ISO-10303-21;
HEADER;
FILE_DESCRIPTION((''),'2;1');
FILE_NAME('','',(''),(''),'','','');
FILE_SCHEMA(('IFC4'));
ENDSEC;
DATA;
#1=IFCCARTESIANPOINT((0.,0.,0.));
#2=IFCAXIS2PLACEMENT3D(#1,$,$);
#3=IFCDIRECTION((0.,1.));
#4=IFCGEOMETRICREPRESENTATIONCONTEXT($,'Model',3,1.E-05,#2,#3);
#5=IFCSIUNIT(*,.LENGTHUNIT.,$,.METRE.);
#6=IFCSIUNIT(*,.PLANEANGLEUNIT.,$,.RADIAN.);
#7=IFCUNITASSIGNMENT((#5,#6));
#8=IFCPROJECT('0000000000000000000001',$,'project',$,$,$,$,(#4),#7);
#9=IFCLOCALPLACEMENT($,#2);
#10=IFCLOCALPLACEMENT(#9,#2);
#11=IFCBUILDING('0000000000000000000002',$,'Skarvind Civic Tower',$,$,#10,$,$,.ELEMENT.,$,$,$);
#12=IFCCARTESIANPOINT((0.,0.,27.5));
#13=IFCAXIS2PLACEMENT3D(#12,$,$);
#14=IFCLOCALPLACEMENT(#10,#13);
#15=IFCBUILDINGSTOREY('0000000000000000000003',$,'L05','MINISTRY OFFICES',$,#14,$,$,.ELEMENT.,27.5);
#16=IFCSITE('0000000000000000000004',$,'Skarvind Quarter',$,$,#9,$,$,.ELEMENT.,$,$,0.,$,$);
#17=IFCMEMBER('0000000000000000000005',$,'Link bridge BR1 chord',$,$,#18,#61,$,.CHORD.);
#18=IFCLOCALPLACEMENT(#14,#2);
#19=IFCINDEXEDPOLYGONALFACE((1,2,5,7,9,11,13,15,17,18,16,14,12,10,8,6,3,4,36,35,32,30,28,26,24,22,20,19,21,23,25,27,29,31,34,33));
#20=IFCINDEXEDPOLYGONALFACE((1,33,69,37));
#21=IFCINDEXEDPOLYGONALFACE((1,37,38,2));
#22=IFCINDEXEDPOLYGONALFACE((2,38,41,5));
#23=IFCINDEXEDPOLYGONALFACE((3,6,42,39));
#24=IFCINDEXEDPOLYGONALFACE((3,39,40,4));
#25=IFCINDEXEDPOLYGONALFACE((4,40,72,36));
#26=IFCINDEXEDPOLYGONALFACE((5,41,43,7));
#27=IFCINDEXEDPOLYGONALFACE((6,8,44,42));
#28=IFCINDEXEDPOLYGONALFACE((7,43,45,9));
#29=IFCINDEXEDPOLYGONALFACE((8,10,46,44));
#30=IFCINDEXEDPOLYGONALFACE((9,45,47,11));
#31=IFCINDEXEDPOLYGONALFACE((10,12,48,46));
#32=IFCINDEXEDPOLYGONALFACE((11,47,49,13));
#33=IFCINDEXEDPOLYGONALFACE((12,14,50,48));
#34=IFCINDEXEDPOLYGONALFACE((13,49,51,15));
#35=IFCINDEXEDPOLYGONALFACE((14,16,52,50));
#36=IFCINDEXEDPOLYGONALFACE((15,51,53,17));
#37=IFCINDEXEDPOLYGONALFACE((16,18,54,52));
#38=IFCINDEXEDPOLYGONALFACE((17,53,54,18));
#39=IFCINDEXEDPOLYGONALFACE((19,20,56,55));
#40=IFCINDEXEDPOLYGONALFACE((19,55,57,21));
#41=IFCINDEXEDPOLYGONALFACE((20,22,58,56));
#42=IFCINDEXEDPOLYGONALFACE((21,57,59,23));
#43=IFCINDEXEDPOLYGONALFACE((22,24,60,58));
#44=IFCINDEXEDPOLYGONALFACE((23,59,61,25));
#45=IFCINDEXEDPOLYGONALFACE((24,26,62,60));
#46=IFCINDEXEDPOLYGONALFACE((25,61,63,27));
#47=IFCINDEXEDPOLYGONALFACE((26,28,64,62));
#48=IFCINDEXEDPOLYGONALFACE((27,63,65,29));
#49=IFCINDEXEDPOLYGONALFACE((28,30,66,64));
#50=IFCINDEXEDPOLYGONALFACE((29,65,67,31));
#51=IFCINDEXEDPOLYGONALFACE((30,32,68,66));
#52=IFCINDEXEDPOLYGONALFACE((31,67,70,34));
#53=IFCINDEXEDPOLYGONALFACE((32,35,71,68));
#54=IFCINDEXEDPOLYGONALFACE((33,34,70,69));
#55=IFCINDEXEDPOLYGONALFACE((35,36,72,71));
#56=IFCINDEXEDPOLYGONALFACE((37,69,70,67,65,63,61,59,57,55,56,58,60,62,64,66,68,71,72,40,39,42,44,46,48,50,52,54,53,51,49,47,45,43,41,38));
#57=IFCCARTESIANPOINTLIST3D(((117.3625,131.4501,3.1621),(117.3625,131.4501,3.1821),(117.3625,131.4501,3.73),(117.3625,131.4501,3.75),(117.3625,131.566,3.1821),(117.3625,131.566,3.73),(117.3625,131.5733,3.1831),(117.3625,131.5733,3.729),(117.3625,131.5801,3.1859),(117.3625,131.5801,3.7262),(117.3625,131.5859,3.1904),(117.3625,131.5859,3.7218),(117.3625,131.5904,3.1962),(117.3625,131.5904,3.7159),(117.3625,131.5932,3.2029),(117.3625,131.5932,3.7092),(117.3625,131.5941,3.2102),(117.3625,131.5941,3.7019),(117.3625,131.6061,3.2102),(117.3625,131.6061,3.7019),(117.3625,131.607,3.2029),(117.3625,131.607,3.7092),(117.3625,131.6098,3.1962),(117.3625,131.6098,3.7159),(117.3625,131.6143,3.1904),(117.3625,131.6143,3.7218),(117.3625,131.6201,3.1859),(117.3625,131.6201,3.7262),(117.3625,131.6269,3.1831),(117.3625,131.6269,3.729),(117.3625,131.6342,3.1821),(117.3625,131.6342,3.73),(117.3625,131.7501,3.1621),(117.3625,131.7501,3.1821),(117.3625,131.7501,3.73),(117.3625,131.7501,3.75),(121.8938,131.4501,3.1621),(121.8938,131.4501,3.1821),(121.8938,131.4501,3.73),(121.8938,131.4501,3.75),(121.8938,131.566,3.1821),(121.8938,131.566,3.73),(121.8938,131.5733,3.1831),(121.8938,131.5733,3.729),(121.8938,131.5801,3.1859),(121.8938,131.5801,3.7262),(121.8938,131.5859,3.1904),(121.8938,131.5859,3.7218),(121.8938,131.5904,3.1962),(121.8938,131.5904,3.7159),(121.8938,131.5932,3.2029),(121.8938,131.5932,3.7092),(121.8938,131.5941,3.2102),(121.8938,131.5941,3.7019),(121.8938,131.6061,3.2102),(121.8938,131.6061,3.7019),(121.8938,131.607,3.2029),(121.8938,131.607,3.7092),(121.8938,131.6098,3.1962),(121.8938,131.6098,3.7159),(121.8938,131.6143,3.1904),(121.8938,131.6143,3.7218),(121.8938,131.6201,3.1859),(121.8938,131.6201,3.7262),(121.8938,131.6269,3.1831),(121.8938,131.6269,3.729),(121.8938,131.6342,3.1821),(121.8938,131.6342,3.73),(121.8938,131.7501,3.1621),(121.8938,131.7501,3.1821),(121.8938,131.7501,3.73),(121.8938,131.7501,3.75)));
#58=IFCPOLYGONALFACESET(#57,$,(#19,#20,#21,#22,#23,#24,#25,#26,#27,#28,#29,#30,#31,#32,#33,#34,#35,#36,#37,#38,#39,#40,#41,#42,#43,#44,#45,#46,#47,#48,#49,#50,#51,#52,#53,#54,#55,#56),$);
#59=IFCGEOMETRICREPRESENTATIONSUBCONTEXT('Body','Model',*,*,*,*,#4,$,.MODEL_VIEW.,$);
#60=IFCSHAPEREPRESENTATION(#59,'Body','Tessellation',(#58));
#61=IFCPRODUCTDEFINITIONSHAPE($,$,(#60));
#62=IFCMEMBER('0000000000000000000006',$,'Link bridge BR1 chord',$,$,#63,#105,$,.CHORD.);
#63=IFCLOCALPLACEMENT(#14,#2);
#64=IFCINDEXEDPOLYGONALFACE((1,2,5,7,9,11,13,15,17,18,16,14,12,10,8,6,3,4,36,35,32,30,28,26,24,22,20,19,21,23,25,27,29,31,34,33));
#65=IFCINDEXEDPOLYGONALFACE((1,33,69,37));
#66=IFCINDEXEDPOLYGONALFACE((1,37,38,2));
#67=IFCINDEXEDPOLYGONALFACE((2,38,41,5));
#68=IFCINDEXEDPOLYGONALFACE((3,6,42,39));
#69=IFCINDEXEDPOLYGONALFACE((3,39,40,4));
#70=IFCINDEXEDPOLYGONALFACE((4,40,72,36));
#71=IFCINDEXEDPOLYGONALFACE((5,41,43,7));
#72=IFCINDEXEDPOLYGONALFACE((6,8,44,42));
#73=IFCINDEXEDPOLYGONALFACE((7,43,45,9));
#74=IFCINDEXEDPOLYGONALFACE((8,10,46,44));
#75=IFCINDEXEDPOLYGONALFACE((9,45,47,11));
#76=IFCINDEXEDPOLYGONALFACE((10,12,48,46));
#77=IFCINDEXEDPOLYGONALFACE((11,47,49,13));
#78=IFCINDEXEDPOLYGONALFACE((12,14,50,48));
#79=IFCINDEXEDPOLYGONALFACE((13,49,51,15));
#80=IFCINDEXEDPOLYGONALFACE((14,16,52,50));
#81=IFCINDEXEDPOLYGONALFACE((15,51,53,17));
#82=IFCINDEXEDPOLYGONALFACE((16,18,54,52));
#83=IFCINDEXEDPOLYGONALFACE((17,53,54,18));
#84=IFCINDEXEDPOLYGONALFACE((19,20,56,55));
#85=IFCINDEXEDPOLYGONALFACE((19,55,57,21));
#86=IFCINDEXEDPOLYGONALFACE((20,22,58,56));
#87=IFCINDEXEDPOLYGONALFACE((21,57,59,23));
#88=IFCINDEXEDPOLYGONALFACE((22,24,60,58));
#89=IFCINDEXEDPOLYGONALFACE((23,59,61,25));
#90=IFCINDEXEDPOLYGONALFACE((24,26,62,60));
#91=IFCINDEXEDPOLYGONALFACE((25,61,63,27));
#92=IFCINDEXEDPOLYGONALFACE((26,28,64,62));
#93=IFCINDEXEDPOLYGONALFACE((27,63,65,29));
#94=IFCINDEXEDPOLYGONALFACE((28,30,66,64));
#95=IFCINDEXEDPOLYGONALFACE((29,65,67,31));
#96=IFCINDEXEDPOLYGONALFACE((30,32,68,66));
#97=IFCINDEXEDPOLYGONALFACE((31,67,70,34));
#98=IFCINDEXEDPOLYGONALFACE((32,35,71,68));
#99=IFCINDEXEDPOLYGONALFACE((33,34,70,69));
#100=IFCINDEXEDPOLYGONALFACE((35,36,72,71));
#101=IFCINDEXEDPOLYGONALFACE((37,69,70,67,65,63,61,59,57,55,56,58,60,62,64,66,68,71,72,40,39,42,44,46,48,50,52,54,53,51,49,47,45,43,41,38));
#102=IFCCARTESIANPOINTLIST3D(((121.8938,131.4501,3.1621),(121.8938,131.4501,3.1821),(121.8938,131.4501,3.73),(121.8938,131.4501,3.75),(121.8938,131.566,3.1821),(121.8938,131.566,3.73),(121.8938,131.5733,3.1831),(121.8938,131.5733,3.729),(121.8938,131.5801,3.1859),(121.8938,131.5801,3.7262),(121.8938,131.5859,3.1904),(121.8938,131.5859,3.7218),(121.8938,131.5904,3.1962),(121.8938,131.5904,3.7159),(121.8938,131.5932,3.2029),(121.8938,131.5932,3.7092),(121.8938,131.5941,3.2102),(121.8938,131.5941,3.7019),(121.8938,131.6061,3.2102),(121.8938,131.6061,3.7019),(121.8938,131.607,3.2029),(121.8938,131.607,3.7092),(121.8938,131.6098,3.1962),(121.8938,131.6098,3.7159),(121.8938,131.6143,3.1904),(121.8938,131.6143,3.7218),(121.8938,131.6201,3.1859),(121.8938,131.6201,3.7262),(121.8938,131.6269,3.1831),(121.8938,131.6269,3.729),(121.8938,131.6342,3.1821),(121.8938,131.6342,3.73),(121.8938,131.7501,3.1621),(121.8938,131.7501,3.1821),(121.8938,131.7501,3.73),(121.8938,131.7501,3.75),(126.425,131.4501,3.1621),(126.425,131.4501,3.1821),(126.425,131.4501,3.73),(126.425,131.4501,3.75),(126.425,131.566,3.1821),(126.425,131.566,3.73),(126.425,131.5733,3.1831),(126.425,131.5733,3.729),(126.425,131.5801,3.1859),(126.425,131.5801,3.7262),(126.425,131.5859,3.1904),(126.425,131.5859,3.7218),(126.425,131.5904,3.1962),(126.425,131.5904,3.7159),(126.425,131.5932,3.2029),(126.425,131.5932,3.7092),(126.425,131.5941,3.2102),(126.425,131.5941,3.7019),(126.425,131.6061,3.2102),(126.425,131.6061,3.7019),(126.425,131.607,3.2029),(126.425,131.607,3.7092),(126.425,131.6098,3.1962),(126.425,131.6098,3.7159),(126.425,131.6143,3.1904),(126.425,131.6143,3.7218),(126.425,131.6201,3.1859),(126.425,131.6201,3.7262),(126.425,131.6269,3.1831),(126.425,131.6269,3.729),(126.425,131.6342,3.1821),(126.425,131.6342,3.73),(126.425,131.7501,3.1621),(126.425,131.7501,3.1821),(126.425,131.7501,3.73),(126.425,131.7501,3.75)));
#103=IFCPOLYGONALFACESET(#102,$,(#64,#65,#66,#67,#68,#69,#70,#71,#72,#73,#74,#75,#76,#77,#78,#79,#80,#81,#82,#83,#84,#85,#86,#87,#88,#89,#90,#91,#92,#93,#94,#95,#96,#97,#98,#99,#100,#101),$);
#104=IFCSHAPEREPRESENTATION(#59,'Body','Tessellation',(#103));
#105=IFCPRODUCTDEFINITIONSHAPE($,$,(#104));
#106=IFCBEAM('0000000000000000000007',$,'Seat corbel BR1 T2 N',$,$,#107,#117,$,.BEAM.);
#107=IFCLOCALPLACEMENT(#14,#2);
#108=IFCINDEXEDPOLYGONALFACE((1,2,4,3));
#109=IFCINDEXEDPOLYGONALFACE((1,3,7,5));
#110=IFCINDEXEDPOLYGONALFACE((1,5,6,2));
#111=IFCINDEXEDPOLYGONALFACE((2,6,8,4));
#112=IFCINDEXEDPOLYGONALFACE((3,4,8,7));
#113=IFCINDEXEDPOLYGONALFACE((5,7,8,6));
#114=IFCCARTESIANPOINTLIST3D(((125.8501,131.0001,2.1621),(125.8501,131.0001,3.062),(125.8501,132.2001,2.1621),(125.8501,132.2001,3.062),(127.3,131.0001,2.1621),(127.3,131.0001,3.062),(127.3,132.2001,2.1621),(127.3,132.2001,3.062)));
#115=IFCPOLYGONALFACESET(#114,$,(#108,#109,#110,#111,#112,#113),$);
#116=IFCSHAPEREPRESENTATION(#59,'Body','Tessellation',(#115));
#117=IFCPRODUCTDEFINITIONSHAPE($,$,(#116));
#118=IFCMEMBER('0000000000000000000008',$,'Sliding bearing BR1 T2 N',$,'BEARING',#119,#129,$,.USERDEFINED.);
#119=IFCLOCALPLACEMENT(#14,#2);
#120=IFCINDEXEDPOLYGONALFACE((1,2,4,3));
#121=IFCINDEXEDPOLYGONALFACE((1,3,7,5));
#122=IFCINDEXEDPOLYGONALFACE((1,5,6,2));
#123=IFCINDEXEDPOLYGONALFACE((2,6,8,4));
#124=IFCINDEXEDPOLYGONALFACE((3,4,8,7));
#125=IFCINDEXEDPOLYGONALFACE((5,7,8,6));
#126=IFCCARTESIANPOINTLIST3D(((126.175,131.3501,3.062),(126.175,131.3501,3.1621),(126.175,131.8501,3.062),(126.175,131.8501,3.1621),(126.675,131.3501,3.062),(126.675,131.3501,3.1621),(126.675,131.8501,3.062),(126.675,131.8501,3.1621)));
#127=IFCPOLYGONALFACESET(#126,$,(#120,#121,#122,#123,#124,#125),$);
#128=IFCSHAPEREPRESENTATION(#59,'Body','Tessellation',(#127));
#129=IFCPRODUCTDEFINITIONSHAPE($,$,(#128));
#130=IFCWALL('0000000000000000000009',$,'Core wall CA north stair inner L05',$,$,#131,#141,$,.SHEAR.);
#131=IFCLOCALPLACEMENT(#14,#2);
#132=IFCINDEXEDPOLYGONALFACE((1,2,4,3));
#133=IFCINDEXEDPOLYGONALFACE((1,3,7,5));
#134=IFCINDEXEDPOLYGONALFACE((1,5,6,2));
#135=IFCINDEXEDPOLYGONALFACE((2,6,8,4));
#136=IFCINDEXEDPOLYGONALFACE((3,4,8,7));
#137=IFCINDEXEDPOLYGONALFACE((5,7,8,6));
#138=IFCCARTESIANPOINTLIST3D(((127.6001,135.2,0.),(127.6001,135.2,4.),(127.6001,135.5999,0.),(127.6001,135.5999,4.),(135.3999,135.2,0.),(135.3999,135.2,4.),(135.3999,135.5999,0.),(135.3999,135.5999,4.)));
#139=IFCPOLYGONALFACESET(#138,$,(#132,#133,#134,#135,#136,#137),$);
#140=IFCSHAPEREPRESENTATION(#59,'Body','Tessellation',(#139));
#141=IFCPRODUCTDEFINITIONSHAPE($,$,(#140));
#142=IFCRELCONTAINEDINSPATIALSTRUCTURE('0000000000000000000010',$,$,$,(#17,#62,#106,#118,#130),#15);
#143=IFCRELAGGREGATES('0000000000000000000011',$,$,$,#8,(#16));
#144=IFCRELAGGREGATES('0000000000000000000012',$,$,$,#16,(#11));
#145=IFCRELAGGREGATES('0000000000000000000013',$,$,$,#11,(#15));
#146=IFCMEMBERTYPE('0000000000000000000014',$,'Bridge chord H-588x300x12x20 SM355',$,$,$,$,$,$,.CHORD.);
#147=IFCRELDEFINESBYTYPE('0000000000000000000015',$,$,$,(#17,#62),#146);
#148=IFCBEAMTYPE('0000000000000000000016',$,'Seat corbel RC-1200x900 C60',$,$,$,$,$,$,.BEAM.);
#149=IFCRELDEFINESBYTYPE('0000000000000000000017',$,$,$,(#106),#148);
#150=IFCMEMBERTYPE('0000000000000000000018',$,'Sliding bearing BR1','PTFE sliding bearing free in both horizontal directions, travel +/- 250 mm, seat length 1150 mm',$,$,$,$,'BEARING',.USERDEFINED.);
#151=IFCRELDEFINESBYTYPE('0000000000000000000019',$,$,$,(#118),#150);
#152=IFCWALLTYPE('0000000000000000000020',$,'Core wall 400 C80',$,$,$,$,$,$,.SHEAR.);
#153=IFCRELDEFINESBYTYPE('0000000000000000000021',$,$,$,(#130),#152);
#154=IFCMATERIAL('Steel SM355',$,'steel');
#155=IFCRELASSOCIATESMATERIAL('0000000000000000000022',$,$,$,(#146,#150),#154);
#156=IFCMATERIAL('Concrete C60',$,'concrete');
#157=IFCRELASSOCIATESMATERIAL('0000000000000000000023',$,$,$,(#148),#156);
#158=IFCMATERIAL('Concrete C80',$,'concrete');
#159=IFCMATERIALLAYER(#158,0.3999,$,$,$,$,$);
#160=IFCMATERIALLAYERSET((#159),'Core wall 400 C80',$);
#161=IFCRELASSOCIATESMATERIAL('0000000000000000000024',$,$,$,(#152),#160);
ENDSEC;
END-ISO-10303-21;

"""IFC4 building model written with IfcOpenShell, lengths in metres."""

from ifc_helpers import new_model, si_unit, direction, frame, frame_2d, origin, origin_2d, place, context, subcontext, project, spatial, rectangle, i_section, extrude, material, layer, layer_set, material_profile, profile_set, type_object, element, save


model = new_model("IFC4")

# Units and contexts
model_context = context("Model", 3, precision=1e-05, world=origin(), true_north=direction((0.0, 1.0)))
body_context = subcontext(model_context, "Body", "Model", "MODEL_VIEW")
ifc_project = project(units=[si_unit("LENGTHUNIT", "METRE"), si_unit("PLANEANGLEUNIT", "RADIAN")], contexts=[model_context])

# Site, building, storey
site_placement = place(None, origin())
site = spatial("IfcSite", under=ifc_project, at=site_placement, Name="Skarvind Quarter", CompositionType="ELEMENT", RefElevation=0.0)
building_placement = place(site_placement, origin())
building = spatial("IfcBuilding", under=site, at=building_placement, Name="Skarvind Civic Tower", CompositionType="ELEMENT")
storey_placement = place(building_placement, frame((0.0, 0.0, 27.5)))
storey = spatial("IfcBuildingStorey", under=building, at=storey_placement, Name="L05", Description="MINISTRY OFFICES", CompositionType="ELEMENT", Elevation=27.5)

# Members
ifc_material_1 = material(Name="Steel SM355", Category="steel")
ifc_material_profile_1 = material_profile(ifc_material_1, i_section(OverallWidth=0.3, OverallDepth=0.5879, WebThickness=0.012, FlangeThickness=0.02, FilletRadius=0.0281, at=origin_2d()), Name="H-588x300x12x20")
ifc_profile_set_1 = profile_set([ifc_material_profile_1], Name="Steel SM355")
member_type_1 = type_object("IfcMemberType", Name="Bridge chord H-588x300x12x20 SM355", PredefinedType="CHORD", material=ifc_profile_set_1)
for number, where, z_axis, x_axis, name in (
    (1, (117.3625, 131.6001, 3.4561), (1.0, 0.0, 0.0), (0.0, 1.0, 0.0), "Link bridge BR1 chord"),
    (2, (121.8938, 131.6001, 3.4561), (1.0, 0.0, 0.0), (0.0, 1.0, 0.0), "Link bridge BR1 chord"),
):
    element("IfcMember", number, at=place(storey_placement, frame(where, z_axis=z_axis, x_axis=x_axis)), inside=storey, type_object=member_type_1, Name=name, PredefinedType="CHORD", context=body_context, shape_type="SweptSolid", body=[
        extrude(i_section(OverallWidth=0.3, OverallDepth=0.5879, WebThickness=0.012, FlangeThickness=0.02, FilletRadius=0.0281, at=origin_2d()), origin(), (0.0, 0.0, 1.0), 4.5312),
    ])

# Beam
ifc_material_2 = material(Name="Concrete C60", Category="concrete")
ifc_material_profile_2 = material_profile(ifc_material_2, rectangle(XDim=1.2, YDim=0.8999, at=origin_2d()), Name="RC-1200x900")
ifc_profile_set_2 = profile_set([ifc_material_profile_2], Name="Concrete C60")
beam_type = type_object("IfcBeamType", Name="Seat corbel RC-1200x900 C60", PredefinedType="BEAM", material=ifc_profile_set_2)
beam_placement = place(storey_placement, frame((125.8501, 131.6001, 2.6121), z_axis=(1.0, 0.0, 0.0), x_axis=(0.0, 1.0, 0.0)))
element("IfcBeam", 3, at=beam_placement, inside=storey, type_object=beam_type, Name="Seat corbel BR1 T2 N", PredefinedType="BEAM", context=body_context, shape_type="SweptSolid", body=[
    extrude(rectangle(XDim=1.2, YDim=0.8999, at=origin_2d()), origin(), (0.0, 0.0, 1.0), 1.45),
])

# Member
member_type_2 = type_object("IfcMemberType", Name="Sliding bearing BR1", Description="PTFE sliding bearing free in both horizontal directions, travel +/- 250 mm, seat length 1150 mm", ElementType="BEARING", PredefinedType="USERDEFINED", material=ifc_material_1)
member_placement = place(storey_placement, frame((126.425, 131.6001, 3.062), z_axis=(0.0, 0.0, 1.0), x_axis=(1.0, 0.0, 0.0)))
element("IfcMember", 4, at=member_placement, inside=storey, type_object=member_type_2, Name="Sliding bearing BR1 T2 N", ObjectType="BEARING", PredefinedType="USERDEFINED", context=body_context, shape_type="SweptSolid", body=[
    extrude(rectangle(XDim=0.5, YDim=0.5, at=origin_2d()), origin(), (0.0, 0.0, 1.0), 0.1001),
])

# Wall
ifc_material_3 = material(Name="Concrete C80", Category="concrete")
ifc_layer_1 = layer(ifc_material_3, 0.3999)
ifc_layer_set_1 = layer_set([ifc_layer_1], Name="Core wall 400 C80")
wall_type_1 = type_object("IfcWallType", Name="Core wall 400 C80", PredefinedType="SHEAR", material=ifc_layer_set_1)
wall_1_placement = place(storey_placement, frame((127.6001, 135.3999, 0.0), z_axis=(0.0, 0.0, 1.0), x_axis=(1.0, 0.0, 0.0)))
element("IfcWall", 5, at=wall_1_placement, inside=storey, type_object=wall_type_1, Name="Core wall CA north stair inner L05", PredefinedType="SHEAR", context=body_context, shape_type="SweptSolid", body=[
    extrude(rectangle(XDim=7.7998, YDim=0.3999, at=frame_2d((3.8999, 0.0))), origin(), (0.0, 0.0, 1.0), 4.0),
])

save(model, "model.ifc")
